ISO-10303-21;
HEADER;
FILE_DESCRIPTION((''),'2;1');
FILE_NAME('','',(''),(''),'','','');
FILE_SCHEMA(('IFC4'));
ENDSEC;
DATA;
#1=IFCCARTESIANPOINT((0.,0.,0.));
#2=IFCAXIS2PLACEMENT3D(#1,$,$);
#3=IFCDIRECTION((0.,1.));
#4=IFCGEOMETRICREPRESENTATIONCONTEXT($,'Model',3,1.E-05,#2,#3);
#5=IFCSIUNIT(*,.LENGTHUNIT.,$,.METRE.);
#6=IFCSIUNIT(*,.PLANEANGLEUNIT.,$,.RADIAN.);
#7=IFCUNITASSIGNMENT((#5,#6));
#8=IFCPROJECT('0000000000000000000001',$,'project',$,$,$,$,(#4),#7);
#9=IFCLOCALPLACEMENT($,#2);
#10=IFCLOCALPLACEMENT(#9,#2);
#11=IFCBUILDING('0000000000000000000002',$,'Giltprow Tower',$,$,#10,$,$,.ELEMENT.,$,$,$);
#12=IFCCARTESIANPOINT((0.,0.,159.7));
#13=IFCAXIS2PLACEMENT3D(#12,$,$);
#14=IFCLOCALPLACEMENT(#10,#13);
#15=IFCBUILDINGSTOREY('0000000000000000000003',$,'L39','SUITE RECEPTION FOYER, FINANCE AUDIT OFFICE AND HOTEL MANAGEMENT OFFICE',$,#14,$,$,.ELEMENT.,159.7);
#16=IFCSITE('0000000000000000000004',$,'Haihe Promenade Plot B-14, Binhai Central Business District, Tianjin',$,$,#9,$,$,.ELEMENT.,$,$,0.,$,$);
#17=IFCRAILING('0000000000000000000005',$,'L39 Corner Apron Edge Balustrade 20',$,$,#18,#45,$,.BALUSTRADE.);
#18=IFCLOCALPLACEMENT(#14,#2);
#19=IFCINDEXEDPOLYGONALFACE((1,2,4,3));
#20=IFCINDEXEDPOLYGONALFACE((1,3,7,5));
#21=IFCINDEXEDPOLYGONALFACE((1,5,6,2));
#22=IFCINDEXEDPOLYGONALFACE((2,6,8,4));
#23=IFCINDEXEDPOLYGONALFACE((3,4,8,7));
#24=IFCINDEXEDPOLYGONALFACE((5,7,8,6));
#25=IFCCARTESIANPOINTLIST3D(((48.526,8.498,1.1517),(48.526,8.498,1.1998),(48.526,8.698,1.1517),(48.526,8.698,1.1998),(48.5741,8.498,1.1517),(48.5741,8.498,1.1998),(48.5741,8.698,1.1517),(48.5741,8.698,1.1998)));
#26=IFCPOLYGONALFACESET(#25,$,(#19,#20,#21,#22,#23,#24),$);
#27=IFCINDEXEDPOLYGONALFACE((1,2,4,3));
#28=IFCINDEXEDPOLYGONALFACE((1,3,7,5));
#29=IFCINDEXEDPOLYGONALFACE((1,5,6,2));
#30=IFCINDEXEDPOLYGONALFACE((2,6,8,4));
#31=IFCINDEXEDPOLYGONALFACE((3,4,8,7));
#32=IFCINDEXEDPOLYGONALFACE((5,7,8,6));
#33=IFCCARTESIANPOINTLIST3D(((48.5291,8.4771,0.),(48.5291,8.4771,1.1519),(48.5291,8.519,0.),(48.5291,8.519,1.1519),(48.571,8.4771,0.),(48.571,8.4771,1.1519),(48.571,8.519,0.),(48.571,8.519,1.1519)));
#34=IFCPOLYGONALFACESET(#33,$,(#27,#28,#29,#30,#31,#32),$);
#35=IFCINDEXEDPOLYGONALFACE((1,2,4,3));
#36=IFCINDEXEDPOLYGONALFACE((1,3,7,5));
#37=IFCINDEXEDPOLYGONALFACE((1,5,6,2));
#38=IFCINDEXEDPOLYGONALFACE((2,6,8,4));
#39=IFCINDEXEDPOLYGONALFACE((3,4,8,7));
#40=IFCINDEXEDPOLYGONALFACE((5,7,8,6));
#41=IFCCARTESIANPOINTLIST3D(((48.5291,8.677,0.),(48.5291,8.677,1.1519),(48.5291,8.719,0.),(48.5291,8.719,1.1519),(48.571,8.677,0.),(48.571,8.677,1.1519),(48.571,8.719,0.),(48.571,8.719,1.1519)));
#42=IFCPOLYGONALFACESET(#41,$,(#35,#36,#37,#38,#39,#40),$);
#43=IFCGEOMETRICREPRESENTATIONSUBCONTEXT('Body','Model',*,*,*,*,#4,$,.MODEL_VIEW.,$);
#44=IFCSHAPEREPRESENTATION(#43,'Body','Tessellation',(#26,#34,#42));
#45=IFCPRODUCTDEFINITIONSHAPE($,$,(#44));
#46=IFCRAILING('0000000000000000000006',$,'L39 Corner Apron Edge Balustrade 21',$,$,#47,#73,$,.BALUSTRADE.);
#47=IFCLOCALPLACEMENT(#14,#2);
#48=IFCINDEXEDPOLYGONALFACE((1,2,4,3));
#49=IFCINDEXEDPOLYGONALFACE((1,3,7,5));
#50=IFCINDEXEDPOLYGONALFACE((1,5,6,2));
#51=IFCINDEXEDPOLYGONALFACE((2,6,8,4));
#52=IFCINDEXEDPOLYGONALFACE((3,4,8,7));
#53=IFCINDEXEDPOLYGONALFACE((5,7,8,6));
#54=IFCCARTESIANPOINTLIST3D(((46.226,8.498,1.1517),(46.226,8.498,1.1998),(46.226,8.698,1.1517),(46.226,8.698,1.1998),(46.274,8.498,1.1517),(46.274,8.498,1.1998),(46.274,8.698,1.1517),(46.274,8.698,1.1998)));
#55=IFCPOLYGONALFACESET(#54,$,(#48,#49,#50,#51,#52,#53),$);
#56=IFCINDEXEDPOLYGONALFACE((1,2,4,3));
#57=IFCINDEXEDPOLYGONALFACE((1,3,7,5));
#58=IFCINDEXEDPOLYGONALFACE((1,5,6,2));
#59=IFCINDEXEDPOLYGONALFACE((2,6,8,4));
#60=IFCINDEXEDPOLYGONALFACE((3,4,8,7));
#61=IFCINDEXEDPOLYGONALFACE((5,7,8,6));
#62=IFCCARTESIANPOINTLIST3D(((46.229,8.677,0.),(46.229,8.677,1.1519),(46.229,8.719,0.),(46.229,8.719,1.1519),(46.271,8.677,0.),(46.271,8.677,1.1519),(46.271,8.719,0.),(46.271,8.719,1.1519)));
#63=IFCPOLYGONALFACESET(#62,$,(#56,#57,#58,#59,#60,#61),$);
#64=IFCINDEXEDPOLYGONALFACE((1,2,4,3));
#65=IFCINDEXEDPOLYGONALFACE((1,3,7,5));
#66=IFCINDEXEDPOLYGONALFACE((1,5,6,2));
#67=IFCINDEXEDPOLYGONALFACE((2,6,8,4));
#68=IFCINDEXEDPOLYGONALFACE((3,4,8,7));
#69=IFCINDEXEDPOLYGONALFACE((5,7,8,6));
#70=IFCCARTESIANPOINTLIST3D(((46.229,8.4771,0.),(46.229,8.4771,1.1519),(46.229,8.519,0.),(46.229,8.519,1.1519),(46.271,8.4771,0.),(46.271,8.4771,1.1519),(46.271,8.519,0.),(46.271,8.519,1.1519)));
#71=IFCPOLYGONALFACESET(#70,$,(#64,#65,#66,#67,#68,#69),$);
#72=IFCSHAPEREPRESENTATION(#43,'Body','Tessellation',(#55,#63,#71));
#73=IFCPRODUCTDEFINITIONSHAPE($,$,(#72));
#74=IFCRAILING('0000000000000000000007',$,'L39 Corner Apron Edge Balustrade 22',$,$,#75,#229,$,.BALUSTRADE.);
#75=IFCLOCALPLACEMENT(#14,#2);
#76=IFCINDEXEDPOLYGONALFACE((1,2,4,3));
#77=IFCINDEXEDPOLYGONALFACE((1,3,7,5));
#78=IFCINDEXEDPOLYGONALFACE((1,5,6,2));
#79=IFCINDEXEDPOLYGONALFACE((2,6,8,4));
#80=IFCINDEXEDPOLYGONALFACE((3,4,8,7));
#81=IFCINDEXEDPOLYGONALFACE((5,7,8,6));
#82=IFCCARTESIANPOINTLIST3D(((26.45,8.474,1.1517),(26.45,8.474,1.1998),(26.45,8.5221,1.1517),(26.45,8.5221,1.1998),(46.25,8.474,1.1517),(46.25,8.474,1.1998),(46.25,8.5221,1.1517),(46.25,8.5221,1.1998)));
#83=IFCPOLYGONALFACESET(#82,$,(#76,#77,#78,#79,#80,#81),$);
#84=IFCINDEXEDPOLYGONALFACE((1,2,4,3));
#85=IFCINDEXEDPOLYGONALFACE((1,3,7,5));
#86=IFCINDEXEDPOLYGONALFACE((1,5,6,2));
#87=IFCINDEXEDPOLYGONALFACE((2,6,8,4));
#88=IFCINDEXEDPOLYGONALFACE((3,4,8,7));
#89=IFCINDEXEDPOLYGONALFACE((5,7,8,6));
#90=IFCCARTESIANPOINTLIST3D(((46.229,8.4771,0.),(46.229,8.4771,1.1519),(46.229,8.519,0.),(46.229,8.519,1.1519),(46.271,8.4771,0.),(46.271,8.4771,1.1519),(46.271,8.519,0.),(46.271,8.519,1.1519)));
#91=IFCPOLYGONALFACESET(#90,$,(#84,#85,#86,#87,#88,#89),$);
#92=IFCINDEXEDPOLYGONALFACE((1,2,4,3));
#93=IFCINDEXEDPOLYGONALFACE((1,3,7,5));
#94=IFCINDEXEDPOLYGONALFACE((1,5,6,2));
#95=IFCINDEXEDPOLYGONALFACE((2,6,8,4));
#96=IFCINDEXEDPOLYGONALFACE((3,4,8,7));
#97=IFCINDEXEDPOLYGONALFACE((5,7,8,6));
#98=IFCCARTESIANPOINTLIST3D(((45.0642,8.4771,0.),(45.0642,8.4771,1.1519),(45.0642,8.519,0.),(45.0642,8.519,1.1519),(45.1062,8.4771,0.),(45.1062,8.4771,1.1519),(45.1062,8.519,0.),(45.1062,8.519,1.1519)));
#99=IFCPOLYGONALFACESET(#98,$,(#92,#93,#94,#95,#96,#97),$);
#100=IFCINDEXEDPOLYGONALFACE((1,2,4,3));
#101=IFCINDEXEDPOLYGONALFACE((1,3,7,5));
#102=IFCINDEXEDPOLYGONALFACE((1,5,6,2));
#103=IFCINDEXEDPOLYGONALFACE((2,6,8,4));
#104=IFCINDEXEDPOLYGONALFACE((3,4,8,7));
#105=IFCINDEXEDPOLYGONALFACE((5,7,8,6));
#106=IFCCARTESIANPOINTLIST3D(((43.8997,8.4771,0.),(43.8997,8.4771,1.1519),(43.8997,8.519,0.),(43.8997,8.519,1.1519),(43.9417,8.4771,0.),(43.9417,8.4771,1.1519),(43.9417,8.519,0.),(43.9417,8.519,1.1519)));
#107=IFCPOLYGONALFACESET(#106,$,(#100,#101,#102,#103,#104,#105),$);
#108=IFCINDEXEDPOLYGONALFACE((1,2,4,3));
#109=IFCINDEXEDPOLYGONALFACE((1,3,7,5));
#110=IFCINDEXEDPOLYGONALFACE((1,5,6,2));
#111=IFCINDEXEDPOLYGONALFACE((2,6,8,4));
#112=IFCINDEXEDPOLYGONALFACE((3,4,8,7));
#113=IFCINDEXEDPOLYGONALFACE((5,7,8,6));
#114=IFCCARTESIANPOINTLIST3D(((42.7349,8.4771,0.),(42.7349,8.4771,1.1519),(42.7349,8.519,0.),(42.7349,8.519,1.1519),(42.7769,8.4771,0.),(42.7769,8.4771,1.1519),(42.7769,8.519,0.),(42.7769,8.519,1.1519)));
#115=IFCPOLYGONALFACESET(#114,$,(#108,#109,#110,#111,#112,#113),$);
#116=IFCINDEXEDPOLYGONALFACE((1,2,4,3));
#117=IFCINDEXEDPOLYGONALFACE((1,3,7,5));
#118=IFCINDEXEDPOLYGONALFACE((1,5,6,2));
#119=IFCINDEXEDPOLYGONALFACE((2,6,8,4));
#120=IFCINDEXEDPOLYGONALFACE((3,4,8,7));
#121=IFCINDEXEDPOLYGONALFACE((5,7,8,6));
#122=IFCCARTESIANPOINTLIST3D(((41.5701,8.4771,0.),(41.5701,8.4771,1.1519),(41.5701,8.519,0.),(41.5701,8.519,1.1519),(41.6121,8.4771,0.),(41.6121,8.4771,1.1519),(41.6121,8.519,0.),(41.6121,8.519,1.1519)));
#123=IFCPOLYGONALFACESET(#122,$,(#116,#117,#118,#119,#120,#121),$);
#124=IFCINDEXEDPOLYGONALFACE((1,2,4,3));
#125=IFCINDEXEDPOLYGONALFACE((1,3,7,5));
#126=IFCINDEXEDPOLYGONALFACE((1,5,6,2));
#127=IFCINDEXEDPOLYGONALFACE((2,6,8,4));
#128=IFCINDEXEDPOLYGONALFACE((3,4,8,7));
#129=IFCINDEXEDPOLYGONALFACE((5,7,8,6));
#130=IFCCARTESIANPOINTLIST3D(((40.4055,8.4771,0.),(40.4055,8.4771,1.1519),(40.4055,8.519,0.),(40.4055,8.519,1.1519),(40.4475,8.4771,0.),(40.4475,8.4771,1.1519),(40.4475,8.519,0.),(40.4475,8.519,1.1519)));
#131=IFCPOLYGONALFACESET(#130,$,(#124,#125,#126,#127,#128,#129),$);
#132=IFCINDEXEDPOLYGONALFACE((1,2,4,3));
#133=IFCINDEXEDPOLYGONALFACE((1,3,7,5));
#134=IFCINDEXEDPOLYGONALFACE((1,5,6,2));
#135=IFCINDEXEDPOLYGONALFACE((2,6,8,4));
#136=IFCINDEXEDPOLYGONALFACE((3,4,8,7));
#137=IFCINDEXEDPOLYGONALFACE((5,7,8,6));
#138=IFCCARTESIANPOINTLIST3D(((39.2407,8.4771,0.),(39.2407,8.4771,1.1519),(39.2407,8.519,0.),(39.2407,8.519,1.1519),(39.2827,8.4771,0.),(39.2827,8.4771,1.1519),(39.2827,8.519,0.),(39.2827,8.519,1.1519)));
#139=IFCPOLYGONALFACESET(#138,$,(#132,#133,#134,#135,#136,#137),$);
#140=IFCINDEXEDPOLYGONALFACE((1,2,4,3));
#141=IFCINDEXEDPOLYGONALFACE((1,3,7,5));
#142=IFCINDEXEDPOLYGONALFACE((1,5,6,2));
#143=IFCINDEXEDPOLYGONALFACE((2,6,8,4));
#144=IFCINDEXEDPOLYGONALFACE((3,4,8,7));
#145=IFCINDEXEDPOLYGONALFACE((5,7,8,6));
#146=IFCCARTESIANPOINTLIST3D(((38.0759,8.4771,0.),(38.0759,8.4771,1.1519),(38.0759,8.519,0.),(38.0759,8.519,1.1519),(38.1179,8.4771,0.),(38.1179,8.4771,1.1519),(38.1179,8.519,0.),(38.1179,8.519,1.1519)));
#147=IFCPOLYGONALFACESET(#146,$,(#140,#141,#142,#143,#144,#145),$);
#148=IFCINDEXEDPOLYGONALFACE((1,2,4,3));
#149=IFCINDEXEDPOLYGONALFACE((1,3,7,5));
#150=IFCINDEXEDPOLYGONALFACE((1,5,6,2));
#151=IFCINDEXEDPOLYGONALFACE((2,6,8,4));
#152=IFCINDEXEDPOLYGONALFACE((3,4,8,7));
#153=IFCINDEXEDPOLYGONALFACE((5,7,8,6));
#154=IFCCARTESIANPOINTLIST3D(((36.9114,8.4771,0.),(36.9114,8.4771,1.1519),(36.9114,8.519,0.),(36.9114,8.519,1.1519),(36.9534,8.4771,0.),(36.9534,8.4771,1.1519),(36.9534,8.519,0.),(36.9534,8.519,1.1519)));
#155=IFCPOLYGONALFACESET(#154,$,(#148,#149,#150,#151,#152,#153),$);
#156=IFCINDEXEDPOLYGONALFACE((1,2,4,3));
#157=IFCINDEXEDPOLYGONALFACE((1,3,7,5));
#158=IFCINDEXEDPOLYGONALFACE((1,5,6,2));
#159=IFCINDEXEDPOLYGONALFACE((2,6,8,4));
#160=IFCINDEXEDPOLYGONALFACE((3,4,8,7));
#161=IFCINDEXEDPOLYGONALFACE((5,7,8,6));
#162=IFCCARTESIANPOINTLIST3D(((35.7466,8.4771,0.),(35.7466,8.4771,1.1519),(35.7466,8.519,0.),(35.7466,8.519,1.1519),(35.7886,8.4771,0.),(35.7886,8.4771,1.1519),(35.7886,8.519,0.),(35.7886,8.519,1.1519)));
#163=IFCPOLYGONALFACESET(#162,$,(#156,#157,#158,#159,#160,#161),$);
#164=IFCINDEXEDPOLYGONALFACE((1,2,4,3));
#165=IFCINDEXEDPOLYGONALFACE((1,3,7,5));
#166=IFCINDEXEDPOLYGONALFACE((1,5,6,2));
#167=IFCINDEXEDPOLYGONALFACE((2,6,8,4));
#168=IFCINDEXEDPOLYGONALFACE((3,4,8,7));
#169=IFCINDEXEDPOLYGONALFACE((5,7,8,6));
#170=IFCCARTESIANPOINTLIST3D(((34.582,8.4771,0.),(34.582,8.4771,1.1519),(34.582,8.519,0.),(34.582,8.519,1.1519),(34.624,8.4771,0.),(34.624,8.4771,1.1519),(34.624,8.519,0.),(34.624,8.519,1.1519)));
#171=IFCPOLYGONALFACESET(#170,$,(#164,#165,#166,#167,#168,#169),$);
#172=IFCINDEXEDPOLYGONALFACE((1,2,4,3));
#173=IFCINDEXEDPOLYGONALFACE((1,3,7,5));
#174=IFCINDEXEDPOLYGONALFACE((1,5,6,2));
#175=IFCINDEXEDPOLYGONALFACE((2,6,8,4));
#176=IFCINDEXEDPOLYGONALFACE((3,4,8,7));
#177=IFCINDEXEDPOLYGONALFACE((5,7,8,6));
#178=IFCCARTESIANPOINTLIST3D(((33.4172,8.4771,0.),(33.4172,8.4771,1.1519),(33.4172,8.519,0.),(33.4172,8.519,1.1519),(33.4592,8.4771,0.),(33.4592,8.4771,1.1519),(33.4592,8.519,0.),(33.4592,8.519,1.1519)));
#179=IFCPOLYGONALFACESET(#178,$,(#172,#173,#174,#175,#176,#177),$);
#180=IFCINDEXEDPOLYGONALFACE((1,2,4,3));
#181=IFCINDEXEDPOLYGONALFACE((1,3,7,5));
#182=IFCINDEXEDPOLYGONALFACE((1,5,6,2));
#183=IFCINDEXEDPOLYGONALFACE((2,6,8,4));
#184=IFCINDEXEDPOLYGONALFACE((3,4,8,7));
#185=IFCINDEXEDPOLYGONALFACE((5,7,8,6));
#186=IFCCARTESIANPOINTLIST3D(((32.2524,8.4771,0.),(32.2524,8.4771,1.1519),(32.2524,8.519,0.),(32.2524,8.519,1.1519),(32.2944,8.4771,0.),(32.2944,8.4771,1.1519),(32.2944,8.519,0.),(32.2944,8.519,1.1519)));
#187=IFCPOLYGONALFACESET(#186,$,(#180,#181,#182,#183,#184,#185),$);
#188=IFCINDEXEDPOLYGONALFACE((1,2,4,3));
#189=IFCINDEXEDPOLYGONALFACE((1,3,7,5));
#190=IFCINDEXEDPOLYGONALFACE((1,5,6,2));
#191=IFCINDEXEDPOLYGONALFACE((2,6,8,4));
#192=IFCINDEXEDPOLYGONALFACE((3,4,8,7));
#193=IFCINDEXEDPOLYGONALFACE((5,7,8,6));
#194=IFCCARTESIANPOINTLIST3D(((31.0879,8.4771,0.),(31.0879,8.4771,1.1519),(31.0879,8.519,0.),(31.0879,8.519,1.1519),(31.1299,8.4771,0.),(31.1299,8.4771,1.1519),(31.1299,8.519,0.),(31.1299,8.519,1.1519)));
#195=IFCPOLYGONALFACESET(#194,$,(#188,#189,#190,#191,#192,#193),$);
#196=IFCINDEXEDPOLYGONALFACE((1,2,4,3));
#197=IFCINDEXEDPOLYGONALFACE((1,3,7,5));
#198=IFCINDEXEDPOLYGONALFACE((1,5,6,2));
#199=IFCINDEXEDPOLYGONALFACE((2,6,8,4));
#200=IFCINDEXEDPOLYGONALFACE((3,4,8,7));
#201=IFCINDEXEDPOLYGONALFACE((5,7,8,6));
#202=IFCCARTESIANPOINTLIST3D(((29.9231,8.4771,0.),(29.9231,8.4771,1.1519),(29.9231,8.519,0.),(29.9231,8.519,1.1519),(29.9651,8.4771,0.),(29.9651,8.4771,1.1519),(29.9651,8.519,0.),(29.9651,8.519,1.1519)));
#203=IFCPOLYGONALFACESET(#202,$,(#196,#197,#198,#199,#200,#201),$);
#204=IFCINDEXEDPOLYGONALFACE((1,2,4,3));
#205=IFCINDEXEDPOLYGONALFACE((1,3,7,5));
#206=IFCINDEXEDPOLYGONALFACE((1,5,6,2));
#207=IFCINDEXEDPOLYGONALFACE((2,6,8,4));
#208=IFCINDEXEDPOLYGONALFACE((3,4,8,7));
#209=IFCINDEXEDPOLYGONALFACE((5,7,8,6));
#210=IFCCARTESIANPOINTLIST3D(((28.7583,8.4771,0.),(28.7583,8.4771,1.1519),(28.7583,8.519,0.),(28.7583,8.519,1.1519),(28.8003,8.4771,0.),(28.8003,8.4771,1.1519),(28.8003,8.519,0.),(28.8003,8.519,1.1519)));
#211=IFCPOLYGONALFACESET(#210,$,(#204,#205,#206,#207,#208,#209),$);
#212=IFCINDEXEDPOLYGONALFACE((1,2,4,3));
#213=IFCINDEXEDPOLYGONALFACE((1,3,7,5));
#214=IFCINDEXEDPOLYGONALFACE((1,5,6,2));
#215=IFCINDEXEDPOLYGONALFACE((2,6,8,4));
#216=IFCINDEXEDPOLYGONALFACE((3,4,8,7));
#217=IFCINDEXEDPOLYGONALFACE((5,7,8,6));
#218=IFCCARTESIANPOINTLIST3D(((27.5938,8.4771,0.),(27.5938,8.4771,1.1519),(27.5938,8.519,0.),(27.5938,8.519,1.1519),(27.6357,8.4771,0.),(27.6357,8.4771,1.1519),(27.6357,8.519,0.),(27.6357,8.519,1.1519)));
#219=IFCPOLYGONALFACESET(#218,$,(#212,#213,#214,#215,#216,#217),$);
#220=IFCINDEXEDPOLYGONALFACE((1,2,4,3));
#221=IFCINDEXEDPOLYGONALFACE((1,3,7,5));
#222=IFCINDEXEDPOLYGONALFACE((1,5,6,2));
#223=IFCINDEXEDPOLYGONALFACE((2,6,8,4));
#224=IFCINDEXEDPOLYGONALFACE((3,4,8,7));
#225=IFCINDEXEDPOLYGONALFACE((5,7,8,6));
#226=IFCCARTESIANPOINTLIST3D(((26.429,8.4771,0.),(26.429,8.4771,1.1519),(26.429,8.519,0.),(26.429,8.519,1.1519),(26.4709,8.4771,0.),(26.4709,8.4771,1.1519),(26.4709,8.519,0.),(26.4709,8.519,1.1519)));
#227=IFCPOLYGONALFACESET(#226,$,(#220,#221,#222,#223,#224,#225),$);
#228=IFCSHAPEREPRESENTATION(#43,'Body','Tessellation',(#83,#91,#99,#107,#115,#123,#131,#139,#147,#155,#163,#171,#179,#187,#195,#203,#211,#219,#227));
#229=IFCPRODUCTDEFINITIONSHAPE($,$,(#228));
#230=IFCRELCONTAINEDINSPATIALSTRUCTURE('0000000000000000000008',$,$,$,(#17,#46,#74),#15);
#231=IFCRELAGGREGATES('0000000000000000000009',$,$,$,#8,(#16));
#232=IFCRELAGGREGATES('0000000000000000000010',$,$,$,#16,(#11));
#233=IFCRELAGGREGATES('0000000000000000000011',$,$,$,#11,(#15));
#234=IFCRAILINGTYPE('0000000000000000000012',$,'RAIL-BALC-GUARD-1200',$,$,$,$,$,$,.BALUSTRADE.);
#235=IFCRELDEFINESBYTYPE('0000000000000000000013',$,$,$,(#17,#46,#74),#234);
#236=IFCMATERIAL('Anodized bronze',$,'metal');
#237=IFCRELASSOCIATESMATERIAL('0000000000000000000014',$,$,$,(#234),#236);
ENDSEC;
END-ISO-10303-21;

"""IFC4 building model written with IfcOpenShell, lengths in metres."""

from ifc_helpers import new_model, si_unit, direction, frame, origin, origin_2d, place, context, subcontext, project, spatial, rectangle, extrude, material, type_object, element, save


model = new_model("IFC4")

# Units and contexts
model_context = context("Model", 3, precision=1e-05, world=origin(), true_north=direction((0.0, 1.0)))
body_context = subcontext(model_context, "Body", "Model", "MODEL_VIEW")
ifc_project = project(units=[si_unit("LENGTHUNIT", "METRE"), si_unit("PLANEANGLEUNIT", "RADIAN")], contexts=[model_context])

# Site, building, storey
site_placement = place(None, origin())
site = spatial("IfcSite", under=ifc_project, at=site_placement, Name="Haihe Promenade Plot B-14, Binhai Central Business District, Tianjin", CompositionType="ELEMENT", RefElevation=0.0)
building_placement = place(site_placement, origin())
building = spatial("IfcBuilding", under=site, at=building_placement, Name="Giltprow Tower", CompositionType="ELEMENT")
storey_placement = place(building_placement, frame((0.0, 0.0, 159.7)))
storey = spatial("IfcBuildingStorey", under=building, at=storey_placement, Name="L39", Description="SUITE RECEPTION FOYER, FINANCE AUDIT OFFICE AND HOTEL MANAGEMENT OFFICE", CompositionType="ELEMENT", Elevation=159.7)

# Shared definitions
ifc_material_1 = material(Name="Anodized bronze", Category="metal")

# Railings
railing_type = type_object("IfcRailingType", Name="RAIL-BALC-GUARD-1200", PredefinedType="BALUSTRADE", material=ifc_material_1)
railing_1_placement = place(storey_placement, frame((48.55, 8.498, 0.0)))
element("IfcRailing", 1, at=railing_1_placement, inside=storey, type_object=railing_type, Name="L39 Corner Apron Edge Balustrade 20", PredefinedType="BALUSTRADE", context=body_context, shape_type="SweptSolid", body=[
    extrude(rectangle(XDim=0.0481, YDim=0.0481, at=origin_2d()), frame((0.0, 0.0, 1.1758), z_axis=(0.0, 1.0, 0.0), x_axis=(-1.0, 0.0, 0.0)), (0.0, 0.0, 1.0), 0.2),
    extrude(rectangle(XDim=0.042, YDim=0.042, at=origin_2d()), origin(), (0.0, 0.0, 1.0), 1.1519),
    extrude(rectangle(XDim=0.042, YDim=0.042, at=origin_2d()), frame((0.0, 0.2, 0.0)), (0.0, 0.0, 1.0), 1.1519),
])
railing_2_placement = place(storey_placement, frame((46.25, 8.698, 0.0)))
element("IfcRailing", 2, at=railing_2_placement, inside=storey, type_object=railing_type, Name="L39 Corner Apron Edge Balustrade 21", PredefinedType="BALUSTRADE", context=body_context, shape_type="SweptSolid", body=[
    extrude(rectangle(XDim=0.0481, YDim=0.0481, at=origin_2d()), frame((0.0, 0.0, 1.1758), z_axis=(0.0, -1.0, 0.0), x_axis=(1.0, 0.0, 0.0)), (0.0, 0.0, 1.0), 0.2),
    extrude(rectangle(XDim=0.042, YDim=0.042, at=origin_2d()), origin(), (0.0, 0.0, 1.0), 1.1519),
    extrude(rectangle(XDim=0.042, YDim=0.042, at=origin_2d()), frame((0.0, -0.2, 0.0)), (0.0, 0.0, 1.0), 1.1519),
])
railing_3_placement = place(storey_placement, frame((46.25, 8.498, 0.0)))
element("IfcRailing", 3, at=railing_3_placement, inside=storey, type_object=railing_type, Name="L39 Corner Apron Edge Balustrade 22", PredefinedType="BALUSTRADE", context=body_context, shape_type="SweptSolid", body=[
    extrude(rectangle(XDim=0.0481, YDim=0.0481, at=origin_2d()), frame((0.0, 0.0, 1.1758), z_axis=(-1.0, 0.0, 0.0), x_axis=(0.0, -1.0, 0.0)), (0.0, 0.0, 1.0), 19.8),
    extrude(rectangle(XDim=0.042, YDim=0.042, at=origin_2d()), origin(), (0.0, 0.0, 1.0), 1.1519),
    extrude(rectangle(XDim=0.042, YDim=0.042, at=origin_2d()), frame((-1.1648, 0.0, 0.0)), (0.0, 0.0, 1.0), 1.1519),
    extrude(rectangle(XDim=0.042, YDim=0.042, at=origin_2d()), frame((-2.3293, 0.0, 0.0)), (0.0, 0.0, 1.0), 1.1519),
    extrude(rectangle(XDim=0.042, YDim=0.042, at=origin_2d()), frame((-3.4941, 0.0, 0.0)), (0.0, 0.0, 1.0), 1.1519),
    extrude(rectangle(XDim=0.042, YDim=0.042, at=origin_2d()), frame((-4.6589, 0.0, 0.0)), (0.0, 0.0, 1.0), 1.1519),
    extrude(rectangle(XDim=0.042, YDim=0.042, at=origin_2d()), frame((-5.8235, 0.0, 0.0)), (0.0, 0.0, 1.0), 1.1519),
    extrude(rectangle(XDim=0.042, YDim=0.042, at=origin_2d()), frame((-6.9883, 0.0, 0.0)), (0.0, 0.0, 1.0), 1.1519),
    extrude(rectangle(XDim=0.042, YDim=0.042, at=origin_2d()), frame((-8.1531, 0.0, 0.0)), (0.0, 0.0, 1.0), 1.1519),
    extrude(rectangle(XDim=0.042, YDim=0.042, at=origin_2d()), frame((-9.3176, 0.0, 0.0)), (0.0, 0.0, 1.0), 1.1519),
    extrude(rectangle(XDim=0.042, YDim=0.042, at=origin_2d()), frame((-10.4824, 0.0, 0.0)), (0.0, 0.0, 1.0), 1.1519),
    extrude(rectangle(XDim=0.042, YDim=0.042, at=origin_2d()), frame((-11.647, 0.0, 0.0)), (0.0, 0.0, 1.0), 1.1519),
    extrude(rectangle(XDim=0.042, YDim=0.042, at=origin_2d()), frame((-12.8118, 0.0, 0.0)), (0.0, 0.0, 1.0), 1.1519),
    extrude(rectangle(XDim=0.042, YDim=0.042, at=origin_2d()), frame((-13.9766, 0.0, 0.0)), (0.0, 0.0, 1.0), 1.1519),
    extrude(rectangle(XDim=0.042, YDim=0.042, at=origin_2d()), frame((-15.1411, 0.0, 0.0)), (0.0, 0.0, 1.0), 1.1519),
    extrude(rectangle(XDim=0.042, YDim=0.042, at=origin_2d()), frame((-16.3059, 0.0, 0.0)), (0.0, 0.0, 1.0), 1.1519),
    extrude(rectangle(XDim=0.042, YDim=0.042, at=origin_2d()), frame((-17.4707, 0.0, 0.0)), (0.0, 0.0, 1.0), 1.1519),
    extrude(rectangle(XDim=0.042, YDim=0.042, at=origin_2d()), frame((-18.6353, 0.0, 0.0)), (0.0, 0.0, 1.0), 1.1519),
    extrude(rectangle(XDim=0.042, YDim=0.042, at=origin_2d()), frame((-19.8, 0.0, 0.0)), (0.0, 0.0, 1.0), 1.1519),
])

save(model, "model.ifc")
